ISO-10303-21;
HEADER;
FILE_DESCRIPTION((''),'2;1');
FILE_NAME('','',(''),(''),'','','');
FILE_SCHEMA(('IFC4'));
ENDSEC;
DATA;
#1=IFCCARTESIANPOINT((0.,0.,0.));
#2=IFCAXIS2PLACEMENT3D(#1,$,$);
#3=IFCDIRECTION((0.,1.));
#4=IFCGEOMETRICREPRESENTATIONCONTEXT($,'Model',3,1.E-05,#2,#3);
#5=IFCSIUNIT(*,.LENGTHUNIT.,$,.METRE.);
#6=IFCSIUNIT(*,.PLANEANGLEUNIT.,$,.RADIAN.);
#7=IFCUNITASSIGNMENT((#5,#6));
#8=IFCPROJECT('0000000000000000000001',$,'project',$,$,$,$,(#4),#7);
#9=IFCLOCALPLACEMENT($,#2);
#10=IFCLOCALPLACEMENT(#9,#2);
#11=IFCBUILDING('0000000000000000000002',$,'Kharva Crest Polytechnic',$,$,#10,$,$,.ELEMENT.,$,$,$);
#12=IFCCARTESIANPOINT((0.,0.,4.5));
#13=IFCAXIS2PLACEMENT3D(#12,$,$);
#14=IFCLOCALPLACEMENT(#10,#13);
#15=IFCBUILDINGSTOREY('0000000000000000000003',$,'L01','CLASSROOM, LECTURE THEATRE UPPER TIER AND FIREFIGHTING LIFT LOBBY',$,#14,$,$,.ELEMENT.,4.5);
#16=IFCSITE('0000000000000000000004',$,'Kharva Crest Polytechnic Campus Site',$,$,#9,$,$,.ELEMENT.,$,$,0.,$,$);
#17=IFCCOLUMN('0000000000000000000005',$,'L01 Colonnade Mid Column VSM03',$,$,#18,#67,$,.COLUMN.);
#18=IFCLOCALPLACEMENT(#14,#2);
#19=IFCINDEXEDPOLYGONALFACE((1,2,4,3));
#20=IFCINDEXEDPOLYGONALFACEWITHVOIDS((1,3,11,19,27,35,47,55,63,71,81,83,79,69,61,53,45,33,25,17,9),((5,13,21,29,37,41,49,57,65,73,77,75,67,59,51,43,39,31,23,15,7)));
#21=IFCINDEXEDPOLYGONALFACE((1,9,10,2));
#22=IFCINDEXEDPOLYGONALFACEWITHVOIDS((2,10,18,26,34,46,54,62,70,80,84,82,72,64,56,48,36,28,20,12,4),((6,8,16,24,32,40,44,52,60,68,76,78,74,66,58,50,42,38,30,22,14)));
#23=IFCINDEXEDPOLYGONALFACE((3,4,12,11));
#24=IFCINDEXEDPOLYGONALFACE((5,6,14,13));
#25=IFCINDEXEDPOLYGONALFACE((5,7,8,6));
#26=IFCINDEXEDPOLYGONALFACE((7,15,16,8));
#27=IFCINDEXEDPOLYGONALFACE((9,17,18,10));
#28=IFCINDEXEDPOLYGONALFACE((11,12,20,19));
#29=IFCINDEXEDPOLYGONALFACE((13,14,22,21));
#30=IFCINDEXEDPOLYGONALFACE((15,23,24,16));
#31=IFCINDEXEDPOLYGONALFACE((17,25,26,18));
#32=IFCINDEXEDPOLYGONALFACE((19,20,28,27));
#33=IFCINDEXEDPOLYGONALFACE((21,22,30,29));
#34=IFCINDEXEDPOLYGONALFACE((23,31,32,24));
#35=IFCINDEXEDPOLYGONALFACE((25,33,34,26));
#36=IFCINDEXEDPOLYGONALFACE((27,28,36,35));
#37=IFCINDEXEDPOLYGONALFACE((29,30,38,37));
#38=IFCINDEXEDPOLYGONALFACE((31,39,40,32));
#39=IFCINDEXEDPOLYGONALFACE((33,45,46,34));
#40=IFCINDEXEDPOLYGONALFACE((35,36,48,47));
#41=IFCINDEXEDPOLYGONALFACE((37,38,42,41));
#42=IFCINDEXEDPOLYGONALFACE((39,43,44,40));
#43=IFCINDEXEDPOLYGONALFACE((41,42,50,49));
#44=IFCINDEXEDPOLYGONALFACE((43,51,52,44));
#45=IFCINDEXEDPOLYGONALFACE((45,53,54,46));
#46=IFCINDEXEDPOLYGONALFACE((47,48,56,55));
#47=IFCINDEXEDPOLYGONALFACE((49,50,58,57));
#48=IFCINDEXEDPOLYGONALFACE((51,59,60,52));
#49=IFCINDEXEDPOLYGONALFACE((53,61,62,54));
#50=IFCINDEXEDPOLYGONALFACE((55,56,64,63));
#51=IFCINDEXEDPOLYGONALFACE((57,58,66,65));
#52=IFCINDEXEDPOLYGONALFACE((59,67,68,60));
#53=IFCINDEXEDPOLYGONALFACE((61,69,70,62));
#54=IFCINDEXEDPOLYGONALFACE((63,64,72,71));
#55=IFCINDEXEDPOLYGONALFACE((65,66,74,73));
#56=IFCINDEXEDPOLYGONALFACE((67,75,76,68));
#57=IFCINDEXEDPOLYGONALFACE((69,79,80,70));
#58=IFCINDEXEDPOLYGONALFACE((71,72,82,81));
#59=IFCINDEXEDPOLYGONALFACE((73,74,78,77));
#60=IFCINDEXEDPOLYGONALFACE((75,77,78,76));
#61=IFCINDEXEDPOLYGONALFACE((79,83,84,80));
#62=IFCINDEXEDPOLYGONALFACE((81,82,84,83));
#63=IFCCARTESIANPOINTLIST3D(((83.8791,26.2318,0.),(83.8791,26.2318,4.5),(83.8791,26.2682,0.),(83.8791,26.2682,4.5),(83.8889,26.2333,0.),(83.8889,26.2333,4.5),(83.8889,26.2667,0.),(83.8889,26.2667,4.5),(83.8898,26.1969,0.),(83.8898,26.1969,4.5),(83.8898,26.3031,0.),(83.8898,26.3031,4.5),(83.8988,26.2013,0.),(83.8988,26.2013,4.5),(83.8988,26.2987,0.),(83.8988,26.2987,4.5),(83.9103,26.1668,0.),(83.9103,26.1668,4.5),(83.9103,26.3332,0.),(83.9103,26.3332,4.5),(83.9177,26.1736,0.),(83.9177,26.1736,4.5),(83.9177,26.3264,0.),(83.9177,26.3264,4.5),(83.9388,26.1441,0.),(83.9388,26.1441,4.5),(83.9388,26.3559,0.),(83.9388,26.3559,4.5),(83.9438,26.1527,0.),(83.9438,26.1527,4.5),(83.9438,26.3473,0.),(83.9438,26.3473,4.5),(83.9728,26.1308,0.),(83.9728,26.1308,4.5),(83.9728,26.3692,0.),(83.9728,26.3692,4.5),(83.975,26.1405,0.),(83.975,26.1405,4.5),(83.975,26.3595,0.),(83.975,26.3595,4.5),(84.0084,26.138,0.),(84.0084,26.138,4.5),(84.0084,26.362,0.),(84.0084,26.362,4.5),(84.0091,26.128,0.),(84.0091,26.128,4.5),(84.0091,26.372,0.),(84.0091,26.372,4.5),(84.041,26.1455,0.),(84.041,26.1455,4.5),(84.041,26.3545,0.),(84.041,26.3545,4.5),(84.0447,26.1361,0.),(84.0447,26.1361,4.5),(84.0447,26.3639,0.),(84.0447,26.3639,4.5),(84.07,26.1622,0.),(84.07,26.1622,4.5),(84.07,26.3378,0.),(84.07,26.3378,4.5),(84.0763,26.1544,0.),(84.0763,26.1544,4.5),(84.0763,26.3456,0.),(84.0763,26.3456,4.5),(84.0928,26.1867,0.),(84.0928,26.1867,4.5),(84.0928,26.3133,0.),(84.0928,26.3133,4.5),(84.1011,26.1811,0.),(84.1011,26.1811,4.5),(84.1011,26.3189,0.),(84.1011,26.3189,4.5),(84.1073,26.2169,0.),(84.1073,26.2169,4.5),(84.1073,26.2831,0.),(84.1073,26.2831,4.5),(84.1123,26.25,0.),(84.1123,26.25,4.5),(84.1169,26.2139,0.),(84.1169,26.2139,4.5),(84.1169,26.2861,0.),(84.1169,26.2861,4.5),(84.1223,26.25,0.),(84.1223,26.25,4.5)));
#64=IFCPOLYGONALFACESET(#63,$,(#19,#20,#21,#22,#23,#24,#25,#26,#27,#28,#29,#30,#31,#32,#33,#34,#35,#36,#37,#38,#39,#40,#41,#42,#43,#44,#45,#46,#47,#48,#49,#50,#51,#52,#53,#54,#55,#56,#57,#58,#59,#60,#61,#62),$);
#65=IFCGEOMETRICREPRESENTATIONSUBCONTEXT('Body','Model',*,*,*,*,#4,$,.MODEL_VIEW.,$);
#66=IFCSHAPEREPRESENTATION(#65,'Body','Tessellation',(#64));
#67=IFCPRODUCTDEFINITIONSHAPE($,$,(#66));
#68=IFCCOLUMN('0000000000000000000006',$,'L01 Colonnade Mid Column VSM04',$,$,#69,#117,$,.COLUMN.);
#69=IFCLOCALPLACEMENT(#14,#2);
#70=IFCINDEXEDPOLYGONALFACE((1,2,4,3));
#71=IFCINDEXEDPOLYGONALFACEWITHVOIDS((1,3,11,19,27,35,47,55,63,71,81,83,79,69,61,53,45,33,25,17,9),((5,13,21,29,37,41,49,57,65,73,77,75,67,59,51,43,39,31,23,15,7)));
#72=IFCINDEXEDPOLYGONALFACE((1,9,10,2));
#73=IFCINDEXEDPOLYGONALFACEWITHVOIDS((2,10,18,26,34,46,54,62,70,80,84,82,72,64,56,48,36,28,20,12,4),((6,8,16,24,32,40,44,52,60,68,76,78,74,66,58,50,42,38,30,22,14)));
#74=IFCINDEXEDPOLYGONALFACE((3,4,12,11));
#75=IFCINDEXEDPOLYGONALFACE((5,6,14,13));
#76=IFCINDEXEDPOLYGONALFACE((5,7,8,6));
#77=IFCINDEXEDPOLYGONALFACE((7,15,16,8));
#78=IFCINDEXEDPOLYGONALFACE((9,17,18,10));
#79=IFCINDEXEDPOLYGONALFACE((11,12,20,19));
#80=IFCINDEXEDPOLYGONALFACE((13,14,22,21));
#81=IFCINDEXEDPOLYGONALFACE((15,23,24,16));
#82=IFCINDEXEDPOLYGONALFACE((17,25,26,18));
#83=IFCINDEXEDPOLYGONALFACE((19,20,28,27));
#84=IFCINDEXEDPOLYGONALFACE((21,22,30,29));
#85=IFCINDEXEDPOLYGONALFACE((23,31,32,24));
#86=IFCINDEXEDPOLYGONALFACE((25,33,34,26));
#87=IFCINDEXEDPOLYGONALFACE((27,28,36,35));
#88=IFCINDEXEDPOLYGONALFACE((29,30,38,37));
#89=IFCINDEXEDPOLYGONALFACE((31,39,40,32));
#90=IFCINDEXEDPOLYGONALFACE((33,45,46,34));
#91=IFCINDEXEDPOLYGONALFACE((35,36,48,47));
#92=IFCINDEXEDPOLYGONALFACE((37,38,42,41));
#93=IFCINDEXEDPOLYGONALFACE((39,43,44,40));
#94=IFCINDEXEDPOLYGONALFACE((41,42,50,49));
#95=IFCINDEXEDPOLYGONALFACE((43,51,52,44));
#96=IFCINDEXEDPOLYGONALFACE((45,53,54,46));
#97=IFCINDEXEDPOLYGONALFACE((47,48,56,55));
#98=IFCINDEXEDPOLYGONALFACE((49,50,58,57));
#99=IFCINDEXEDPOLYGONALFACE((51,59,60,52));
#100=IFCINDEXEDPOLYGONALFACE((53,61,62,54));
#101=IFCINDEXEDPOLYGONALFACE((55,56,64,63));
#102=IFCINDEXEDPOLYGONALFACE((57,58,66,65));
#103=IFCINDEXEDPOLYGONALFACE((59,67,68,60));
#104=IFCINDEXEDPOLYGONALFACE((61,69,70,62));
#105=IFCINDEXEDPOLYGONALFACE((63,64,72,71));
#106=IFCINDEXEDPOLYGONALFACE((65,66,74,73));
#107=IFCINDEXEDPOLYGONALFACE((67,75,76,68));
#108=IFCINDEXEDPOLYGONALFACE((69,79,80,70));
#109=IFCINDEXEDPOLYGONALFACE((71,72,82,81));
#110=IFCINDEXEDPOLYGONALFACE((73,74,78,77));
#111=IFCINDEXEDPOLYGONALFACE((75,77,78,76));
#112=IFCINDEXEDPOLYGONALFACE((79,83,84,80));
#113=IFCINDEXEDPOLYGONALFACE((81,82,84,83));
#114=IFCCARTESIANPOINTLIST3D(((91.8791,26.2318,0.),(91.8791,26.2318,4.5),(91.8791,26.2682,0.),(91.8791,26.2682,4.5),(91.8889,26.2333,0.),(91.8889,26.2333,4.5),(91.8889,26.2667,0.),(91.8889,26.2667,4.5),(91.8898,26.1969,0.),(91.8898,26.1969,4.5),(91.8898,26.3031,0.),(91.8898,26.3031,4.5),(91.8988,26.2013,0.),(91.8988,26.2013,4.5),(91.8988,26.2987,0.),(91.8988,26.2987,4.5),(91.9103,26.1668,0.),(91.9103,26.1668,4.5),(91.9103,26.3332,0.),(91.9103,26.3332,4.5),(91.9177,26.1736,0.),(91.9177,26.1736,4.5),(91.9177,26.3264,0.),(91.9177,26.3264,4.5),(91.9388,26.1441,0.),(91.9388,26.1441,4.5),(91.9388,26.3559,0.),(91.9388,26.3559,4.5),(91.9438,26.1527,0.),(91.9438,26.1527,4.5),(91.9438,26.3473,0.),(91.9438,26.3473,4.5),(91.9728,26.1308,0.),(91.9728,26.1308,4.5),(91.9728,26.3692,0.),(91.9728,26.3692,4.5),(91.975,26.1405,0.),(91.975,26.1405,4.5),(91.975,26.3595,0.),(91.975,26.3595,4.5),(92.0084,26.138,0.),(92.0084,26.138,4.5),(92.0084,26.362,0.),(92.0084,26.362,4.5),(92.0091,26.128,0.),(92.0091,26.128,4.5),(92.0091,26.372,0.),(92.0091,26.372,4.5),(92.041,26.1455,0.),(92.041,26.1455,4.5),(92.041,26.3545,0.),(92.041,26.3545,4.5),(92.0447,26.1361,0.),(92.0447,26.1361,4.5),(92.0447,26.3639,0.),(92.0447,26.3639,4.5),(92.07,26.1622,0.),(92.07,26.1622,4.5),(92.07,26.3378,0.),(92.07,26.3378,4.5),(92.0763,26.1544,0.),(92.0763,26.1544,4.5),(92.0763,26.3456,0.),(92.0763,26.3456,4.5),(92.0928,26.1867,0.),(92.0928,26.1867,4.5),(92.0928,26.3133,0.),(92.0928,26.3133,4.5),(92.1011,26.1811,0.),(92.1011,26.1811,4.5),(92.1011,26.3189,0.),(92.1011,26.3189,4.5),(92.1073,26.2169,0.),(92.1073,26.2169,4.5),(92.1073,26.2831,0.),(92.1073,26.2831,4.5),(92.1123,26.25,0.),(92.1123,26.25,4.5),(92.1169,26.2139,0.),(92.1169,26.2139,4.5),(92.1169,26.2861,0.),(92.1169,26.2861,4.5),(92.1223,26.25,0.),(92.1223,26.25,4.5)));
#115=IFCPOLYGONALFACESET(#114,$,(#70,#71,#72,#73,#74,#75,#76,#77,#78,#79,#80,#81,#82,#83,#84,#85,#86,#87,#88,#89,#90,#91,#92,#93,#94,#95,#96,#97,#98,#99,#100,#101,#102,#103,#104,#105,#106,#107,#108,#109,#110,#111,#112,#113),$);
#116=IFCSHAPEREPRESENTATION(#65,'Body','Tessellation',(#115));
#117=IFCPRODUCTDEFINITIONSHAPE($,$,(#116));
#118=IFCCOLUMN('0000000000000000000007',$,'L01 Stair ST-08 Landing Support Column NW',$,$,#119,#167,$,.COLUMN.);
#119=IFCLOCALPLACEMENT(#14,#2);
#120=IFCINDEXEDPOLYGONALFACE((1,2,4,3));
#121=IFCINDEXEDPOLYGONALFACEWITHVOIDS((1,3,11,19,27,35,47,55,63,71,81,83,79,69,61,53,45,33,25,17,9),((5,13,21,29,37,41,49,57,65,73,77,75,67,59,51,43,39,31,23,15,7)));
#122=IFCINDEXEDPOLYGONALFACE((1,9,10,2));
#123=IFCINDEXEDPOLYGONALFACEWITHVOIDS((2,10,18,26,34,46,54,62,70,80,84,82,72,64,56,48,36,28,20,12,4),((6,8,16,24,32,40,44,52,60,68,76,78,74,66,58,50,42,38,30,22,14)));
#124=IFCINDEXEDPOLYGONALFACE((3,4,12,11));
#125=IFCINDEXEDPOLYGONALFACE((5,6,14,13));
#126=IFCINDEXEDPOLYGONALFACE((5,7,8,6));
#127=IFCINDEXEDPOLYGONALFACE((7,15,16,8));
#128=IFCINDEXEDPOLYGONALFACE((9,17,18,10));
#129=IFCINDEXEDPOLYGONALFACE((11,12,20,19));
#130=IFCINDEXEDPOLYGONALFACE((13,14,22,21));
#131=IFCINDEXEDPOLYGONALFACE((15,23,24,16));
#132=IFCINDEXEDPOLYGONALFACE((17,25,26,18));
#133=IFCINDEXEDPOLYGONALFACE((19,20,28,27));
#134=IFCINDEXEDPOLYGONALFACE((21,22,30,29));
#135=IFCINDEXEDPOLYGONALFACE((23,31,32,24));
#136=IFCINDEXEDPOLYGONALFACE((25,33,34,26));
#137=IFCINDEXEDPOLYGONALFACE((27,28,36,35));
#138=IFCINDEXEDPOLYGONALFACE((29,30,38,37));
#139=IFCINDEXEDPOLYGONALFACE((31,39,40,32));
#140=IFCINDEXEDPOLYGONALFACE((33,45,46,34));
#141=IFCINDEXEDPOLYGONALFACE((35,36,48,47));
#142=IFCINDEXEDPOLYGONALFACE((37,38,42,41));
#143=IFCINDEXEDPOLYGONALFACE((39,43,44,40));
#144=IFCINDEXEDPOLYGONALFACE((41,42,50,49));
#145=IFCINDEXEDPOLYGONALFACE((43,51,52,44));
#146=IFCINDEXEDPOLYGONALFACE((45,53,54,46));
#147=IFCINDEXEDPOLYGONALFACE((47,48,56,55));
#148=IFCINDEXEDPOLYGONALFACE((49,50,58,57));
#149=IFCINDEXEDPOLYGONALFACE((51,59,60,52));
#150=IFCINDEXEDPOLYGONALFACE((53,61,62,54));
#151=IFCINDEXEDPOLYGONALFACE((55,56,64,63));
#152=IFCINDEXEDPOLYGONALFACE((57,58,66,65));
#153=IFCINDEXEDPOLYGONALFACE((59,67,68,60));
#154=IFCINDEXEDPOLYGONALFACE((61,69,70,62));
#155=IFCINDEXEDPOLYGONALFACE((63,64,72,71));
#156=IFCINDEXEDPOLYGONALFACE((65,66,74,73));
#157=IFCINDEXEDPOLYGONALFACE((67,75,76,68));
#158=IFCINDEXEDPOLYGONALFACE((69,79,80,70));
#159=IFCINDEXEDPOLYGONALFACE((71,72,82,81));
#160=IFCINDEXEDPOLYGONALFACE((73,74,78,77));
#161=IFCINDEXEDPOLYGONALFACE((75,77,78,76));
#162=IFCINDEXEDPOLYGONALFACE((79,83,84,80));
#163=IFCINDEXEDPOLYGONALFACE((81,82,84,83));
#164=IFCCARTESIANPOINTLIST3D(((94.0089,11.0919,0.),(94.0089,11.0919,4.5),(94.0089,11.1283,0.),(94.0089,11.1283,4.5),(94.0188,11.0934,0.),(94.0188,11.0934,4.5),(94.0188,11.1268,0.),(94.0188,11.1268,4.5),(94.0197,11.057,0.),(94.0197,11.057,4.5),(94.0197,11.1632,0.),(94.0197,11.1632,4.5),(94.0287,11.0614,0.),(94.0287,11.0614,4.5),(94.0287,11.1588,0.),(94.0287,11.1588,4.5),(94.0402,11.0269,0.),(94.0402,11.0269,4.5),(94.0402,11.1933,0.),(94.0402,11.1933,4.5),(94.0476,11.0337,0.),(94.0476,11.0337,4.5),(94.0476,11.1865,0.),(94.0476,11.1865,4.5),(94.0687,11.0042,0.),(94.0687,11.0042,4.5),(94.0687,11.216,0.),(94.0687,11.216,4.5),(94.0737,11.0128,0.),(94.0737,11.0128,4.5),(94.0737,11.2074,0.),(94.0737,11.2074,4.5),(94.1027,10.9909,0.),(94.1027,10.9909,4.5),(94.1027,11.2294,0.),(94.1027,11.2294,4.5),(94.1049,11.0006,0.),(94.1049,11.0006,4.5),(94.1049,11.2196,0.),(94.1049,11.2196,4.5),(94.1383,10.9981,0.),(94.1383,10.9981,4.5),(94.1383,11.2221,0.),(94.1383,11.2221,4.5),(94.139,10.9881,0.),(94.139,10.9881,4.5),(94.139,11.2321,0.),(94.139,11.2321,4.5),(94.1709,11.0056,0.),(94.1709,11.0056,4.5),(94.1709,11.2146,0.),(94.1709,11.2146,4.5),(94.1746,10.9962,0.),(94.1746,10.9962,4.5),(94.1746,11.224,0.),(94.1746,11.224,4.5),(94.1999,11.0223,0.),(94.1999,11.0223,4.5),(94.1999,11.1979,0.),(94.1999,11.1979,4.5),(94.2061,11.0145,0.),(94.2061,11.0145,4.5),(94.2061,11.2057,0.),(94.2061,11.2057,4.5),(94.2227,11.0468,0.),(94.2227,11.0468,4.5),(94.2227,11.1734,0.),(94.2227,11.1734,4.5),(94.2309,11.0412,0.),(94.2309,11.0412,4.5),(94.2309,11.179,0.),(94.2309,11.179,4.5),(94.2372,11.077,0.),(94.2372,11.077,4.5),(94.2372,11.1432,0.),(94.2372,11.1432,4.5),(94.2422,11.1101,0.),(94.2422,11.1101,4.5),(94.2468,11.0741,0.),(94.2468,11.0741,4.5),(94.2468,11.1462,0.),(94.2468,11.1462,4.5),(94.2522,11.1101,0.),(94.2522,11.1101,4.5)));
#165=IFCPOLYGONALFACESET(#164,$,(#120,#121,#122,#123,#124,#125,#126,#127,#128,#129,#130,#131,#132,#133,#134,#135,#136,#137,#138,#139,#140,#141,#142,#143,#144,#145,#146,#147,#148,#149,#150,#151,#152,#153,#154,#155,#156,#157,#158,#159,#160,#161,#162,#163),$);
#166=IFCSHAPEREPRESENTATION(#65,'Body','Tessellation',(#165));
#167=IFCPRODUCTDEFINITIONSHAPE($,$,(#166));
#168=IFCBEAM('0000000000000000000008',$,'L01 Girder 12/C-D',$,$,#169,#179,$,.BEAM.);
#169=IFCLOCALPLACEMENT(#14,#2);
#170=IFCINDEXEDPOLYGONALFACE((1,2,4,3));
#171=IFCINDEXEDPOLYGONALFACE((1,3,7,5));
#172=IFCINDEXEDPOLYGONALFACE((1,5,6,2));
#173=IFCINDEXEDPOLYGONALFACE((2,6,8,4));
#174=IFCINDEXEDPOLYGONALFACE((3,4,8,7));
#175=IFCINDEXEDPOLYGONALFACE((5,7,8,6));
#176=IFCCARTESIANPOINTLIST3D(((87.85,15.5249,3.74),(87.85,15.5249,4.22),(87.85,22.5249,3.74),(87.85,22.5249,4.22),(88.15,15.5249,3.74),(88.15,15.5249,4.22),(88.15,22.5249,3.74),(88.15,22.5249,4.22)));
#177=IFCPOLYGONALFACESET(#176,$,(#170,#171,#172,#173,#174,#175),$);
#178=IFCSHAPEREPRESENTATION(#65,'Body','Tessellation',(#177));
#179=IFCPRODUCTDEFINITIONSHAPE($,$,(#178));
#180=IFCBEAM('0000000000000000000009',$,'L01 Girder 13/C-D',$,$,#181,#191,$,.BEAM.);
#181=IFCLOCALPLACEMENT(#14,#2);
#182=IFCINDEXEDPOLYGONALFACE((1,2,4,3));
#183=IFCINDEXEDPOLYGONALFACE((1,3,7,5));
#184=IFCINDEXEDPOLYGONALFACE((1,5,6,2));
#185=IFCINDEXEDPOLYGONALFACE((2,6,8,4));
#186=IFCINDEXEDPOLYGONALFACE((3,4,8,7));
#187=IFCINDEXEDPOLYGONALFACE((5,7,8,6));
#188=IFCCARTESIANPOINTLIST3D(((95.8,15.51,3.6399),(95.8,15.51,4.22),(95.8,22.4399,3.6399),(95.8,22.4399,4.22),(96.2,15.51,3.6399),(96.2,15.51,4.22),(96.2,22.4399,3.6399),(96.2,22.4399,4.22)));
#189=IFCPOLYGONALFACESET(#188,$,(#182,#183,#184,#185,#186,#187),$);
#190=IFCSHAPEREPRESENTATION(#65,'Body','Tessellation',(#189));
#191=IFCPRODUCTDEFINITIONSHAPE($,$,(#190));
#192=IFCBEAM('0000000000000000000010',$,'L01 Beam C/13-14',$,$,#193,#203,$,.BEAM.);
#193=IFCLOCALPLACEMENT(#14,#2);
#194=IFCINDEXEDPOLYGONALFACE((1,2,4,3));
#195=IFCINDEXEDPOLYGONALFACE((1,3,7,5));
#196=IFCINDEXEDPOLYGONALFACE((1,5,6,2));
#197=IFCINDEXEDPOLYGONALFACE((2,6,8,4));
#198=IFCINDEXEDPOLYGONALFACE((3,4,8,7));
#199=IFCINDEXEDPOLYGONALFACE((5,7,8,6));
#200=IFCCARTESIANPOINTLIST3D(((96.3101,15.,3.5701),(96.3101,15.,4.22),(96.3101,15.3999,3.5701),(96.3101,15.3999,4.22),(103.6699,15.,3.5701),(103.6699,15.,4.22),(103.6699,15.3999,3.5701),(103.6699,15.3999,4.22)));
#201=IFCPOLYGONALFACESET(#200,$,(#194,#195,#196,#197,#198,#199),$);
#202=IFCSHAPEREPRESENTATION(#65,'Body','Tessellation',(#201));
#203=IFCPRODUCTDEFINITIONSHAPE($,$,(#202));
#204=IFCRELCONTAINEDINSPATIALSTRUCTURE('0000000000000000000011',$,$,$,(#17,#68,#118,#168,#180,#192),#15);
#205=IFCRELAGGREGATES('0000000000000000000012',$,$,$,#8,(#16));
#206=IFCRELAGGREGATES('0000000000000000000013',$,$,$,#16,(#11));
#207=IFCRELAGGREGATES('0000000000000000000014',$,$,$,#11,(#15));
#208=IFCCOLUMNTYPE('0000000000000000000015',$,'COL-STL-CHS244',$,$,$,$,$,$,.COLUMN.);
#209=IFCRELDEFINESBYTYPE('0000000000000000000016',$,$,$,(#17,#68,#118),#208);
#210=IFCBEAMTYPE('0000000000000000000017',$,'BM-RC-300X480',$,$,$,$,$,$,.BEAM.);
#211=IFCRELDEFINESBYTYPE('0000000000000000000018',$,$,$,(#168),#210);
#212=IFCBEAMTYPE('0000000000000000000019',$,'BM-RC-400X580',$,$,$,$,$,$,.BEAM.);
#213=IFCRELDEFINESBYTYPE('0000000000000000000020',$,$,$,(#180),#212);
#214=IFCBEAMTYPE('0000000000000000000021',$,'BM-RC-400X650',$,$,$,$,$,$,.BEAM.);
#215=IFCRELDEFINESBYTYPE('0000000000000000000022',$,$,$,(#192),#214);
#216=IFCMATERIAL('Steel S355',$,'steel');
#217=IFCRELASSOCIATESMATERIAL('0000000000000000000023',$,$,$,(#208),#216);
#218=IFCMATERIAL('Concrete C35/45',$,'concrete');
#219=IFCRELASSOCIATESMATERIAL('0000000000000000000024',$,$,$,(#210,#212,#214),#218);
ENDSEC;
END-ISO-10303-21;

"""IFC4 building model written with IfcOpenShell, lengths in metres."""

from ifc_helpers import new_model, si_unit, direction, frame, origin, origin_2d, place, context, subcontext, project, spatial, rectangle, hollow_circle, extrude, material, material_profile, profile_set, type_object, element, save


model = new_model("IFC4")

# Units and contexts
model_context = context("Model", 3, precision=1e-05, world=origin(), true_north=direction((0.0, 1.0)))
body_context = subcontext(model_context, "Body", "Model", "MODEL_VIEW")
ifc_project = project(units=[si_unit("LENGTHUNIT", "METRE"), si_unit("PLANEANGLEUNIT", "RADIAN")], contexts=[model_context])

# Site, building, storey
site_placement = place(None, origin())
site = spatial("IfcSite", under=ifc_project, at=site_placement, Name="Kharva Crest Polytechnic Campus Site", CompositionType="ELEMENT", RefElevation=0.0)
building_placement = place(site_placement, origin())
building = spatial("IfcBuilding", under=site, at=building_placement, Name="Kharva Crest Polytechnic", CompositionType="ELEMENT")
storey_placement = place(building_placement, frame((0.0, 0.0, 4.5)))
storey = spatial("IfcBuildingStorey", under=building, at=storey_placement, Name="L01", Description="CLASSROOM, LECTURE THEATRE UPPER TIER AND FIREFIGHTING LIFT LOBBY", CompositionType="ELEMENT", Elevation=4.5)

# Columns
ifc_material_1 = material(Name="Steel S355", Category="steel")
ifc_material_profile_1 = material_profile(ifc_material_1, hollow_circle(Radius=0.1223, WallThickness=0.01, at=origin_2d()), Name="CHS 244.5X10.0")
ifc_profile_set_1 = profile_set([ifc_material_profile_1], Name="Steel S355")
column_type_1 = type_object("IfcColumnType", Name="COL-STL-CHS244", PredefinedType="COLUMN", material=ifc_profile_set_1)
for number, where, z_axis, x_axis, name in (
    (1, (84.0, 26.25, 0.0), (0.0, 0.0, 1.0), (1.0, 0.0, 0.0), "L01 Colonnade Mid Column VSM03"),
    (2, (92.0, 26.25, 0.0), (0.0, 0.0, 1.0), (1.0, 0.0, 0.0), "L01 Colonnade Mid Column VSM04"),
    (3, (94.1299, 11.1101, 0.0), (0.0, 0.0, 1.0), (1.0, 0.0, 0.0), "L01 Stair ST-08 Landing Support Column NW"),
):
    element("IfcColumn", number, at=place(storey_placement, frame(where, z_axis=z_axis, x_axis=x_axis)), inside=storey, type_object=column_type_1, Name=name, PredefinedType="COLUMN", context=body_context, shape_type="SweptSolid", body=[
        extrude(hollow_circle(Radius=0.1223, WallThickness=0.01, at=origin_2d()), origin(), (0.0, 0.0, 1.0), 4.5),
    ])

# Beams
ifc_material_2 = material(Name="Concrete C35/45", Category="concrete")
ifc_material_profile_2 = material_profile(ifc_material_2, rectangle(XDim=0.3, YDim=0.48, at=origin_2d()), Name="RECT 300 X 480")
ifc_profile_set_2 = profile_set([ifc_material_profile_2], Name="Concrete C35/45")
beam_type_1 = type_object("IfcBeamType", Name="BM-RC-300X480", PredefinedType="BEAM", material=ifc_profile_set_2)
beam_1_placement = place(storey_placement, frame((88.0, 15.5249, 3.98), z_axis=(0.0, 1.0, 0.0), x_axis=(-1.0, 0.0, 0.0)))
element("IfcBeam", 4, at=beam_1_placement, inside=storey, type_object=beam_type_1, Name="L01 Girder 12/C-D", PredefinedType="BEAM", context=body_context, shape_type="SweptSolid", body=[
    extrude(rectangle(XDim=0.3, YDim=0.48, at=origin_2d()), origin(), (0.0, 0.0, 1.0), 7.0),
])
ifc_material_profile_3 = material_profile(ifc_material_2, rectangle(XDim=0.3999, YDim=0.5801, at=origin_2d()), Name="RECT 400 X 580")
ifc_profile_set_3 = profile_set([ifc_material_profile_3], Name="Concrete C35/45")
beam_type_2 = type_object("IfcBeamType", Name="BM-RC-400X580", PredefinedType="BEAM", material=ifc_profile_set_3)
beam_2_placement = place(storey_placement, frame((96.0, 15.51, 3.9299), z_axis=(0.0, 1.0, 0.0), x_axis=(-1.0, 0.0, 0.0)))
element("IfcBeam", 5, at=beam_2_placement, inside=storey, type_object=beam_type_2, Name="L01 Girder 13/C-D", PredefinedType="BEAM", context=body_context, shape_type="SweptSolid", body=[
    extrude(rectangle(XDim=0.3999, YDim=0.5801, at=origin_2d()), origin(), (0.0, 0.0, 1.0), 6.9299),
])
ifc_material_profile_4 = material_profile(ifc_material_2, rectangle(XDim=0.3999, YDim=0.6499, at=origin_2d()), Name="RECT 400 X 650")
ifc_profile_set_4 = profile_set([ifc_material_profile_4], Name="Concrete C35/45")
beam_type_3 = type_object("IfcBeamType", Name="BM-RC-400X650", PredefinedType="BEAM", material=ifc_profile_set_4)
beam_3_placement = place(storey_placement, frame((96.3101, 15.2, 3.895), z_axis=(1.0, 0.0, 0.0), x_axis=(0.0, 1.0, 0.0)))
element("IfcBeam", 6, at=beam_3_placement, inside=storey, type_object=beam_type_3, Name="L01 Beam C/13-14", PredefinedType="BEAM", context=body_context, shape_type="SweptSolid", body=[
    extrude(rectangle(XDim=0.3999, YDim=0.6499, at=origin_2d()), origin(), (0.0, 0.0, 1.0), 7.3599),
])

save(model, "model.ifc")
